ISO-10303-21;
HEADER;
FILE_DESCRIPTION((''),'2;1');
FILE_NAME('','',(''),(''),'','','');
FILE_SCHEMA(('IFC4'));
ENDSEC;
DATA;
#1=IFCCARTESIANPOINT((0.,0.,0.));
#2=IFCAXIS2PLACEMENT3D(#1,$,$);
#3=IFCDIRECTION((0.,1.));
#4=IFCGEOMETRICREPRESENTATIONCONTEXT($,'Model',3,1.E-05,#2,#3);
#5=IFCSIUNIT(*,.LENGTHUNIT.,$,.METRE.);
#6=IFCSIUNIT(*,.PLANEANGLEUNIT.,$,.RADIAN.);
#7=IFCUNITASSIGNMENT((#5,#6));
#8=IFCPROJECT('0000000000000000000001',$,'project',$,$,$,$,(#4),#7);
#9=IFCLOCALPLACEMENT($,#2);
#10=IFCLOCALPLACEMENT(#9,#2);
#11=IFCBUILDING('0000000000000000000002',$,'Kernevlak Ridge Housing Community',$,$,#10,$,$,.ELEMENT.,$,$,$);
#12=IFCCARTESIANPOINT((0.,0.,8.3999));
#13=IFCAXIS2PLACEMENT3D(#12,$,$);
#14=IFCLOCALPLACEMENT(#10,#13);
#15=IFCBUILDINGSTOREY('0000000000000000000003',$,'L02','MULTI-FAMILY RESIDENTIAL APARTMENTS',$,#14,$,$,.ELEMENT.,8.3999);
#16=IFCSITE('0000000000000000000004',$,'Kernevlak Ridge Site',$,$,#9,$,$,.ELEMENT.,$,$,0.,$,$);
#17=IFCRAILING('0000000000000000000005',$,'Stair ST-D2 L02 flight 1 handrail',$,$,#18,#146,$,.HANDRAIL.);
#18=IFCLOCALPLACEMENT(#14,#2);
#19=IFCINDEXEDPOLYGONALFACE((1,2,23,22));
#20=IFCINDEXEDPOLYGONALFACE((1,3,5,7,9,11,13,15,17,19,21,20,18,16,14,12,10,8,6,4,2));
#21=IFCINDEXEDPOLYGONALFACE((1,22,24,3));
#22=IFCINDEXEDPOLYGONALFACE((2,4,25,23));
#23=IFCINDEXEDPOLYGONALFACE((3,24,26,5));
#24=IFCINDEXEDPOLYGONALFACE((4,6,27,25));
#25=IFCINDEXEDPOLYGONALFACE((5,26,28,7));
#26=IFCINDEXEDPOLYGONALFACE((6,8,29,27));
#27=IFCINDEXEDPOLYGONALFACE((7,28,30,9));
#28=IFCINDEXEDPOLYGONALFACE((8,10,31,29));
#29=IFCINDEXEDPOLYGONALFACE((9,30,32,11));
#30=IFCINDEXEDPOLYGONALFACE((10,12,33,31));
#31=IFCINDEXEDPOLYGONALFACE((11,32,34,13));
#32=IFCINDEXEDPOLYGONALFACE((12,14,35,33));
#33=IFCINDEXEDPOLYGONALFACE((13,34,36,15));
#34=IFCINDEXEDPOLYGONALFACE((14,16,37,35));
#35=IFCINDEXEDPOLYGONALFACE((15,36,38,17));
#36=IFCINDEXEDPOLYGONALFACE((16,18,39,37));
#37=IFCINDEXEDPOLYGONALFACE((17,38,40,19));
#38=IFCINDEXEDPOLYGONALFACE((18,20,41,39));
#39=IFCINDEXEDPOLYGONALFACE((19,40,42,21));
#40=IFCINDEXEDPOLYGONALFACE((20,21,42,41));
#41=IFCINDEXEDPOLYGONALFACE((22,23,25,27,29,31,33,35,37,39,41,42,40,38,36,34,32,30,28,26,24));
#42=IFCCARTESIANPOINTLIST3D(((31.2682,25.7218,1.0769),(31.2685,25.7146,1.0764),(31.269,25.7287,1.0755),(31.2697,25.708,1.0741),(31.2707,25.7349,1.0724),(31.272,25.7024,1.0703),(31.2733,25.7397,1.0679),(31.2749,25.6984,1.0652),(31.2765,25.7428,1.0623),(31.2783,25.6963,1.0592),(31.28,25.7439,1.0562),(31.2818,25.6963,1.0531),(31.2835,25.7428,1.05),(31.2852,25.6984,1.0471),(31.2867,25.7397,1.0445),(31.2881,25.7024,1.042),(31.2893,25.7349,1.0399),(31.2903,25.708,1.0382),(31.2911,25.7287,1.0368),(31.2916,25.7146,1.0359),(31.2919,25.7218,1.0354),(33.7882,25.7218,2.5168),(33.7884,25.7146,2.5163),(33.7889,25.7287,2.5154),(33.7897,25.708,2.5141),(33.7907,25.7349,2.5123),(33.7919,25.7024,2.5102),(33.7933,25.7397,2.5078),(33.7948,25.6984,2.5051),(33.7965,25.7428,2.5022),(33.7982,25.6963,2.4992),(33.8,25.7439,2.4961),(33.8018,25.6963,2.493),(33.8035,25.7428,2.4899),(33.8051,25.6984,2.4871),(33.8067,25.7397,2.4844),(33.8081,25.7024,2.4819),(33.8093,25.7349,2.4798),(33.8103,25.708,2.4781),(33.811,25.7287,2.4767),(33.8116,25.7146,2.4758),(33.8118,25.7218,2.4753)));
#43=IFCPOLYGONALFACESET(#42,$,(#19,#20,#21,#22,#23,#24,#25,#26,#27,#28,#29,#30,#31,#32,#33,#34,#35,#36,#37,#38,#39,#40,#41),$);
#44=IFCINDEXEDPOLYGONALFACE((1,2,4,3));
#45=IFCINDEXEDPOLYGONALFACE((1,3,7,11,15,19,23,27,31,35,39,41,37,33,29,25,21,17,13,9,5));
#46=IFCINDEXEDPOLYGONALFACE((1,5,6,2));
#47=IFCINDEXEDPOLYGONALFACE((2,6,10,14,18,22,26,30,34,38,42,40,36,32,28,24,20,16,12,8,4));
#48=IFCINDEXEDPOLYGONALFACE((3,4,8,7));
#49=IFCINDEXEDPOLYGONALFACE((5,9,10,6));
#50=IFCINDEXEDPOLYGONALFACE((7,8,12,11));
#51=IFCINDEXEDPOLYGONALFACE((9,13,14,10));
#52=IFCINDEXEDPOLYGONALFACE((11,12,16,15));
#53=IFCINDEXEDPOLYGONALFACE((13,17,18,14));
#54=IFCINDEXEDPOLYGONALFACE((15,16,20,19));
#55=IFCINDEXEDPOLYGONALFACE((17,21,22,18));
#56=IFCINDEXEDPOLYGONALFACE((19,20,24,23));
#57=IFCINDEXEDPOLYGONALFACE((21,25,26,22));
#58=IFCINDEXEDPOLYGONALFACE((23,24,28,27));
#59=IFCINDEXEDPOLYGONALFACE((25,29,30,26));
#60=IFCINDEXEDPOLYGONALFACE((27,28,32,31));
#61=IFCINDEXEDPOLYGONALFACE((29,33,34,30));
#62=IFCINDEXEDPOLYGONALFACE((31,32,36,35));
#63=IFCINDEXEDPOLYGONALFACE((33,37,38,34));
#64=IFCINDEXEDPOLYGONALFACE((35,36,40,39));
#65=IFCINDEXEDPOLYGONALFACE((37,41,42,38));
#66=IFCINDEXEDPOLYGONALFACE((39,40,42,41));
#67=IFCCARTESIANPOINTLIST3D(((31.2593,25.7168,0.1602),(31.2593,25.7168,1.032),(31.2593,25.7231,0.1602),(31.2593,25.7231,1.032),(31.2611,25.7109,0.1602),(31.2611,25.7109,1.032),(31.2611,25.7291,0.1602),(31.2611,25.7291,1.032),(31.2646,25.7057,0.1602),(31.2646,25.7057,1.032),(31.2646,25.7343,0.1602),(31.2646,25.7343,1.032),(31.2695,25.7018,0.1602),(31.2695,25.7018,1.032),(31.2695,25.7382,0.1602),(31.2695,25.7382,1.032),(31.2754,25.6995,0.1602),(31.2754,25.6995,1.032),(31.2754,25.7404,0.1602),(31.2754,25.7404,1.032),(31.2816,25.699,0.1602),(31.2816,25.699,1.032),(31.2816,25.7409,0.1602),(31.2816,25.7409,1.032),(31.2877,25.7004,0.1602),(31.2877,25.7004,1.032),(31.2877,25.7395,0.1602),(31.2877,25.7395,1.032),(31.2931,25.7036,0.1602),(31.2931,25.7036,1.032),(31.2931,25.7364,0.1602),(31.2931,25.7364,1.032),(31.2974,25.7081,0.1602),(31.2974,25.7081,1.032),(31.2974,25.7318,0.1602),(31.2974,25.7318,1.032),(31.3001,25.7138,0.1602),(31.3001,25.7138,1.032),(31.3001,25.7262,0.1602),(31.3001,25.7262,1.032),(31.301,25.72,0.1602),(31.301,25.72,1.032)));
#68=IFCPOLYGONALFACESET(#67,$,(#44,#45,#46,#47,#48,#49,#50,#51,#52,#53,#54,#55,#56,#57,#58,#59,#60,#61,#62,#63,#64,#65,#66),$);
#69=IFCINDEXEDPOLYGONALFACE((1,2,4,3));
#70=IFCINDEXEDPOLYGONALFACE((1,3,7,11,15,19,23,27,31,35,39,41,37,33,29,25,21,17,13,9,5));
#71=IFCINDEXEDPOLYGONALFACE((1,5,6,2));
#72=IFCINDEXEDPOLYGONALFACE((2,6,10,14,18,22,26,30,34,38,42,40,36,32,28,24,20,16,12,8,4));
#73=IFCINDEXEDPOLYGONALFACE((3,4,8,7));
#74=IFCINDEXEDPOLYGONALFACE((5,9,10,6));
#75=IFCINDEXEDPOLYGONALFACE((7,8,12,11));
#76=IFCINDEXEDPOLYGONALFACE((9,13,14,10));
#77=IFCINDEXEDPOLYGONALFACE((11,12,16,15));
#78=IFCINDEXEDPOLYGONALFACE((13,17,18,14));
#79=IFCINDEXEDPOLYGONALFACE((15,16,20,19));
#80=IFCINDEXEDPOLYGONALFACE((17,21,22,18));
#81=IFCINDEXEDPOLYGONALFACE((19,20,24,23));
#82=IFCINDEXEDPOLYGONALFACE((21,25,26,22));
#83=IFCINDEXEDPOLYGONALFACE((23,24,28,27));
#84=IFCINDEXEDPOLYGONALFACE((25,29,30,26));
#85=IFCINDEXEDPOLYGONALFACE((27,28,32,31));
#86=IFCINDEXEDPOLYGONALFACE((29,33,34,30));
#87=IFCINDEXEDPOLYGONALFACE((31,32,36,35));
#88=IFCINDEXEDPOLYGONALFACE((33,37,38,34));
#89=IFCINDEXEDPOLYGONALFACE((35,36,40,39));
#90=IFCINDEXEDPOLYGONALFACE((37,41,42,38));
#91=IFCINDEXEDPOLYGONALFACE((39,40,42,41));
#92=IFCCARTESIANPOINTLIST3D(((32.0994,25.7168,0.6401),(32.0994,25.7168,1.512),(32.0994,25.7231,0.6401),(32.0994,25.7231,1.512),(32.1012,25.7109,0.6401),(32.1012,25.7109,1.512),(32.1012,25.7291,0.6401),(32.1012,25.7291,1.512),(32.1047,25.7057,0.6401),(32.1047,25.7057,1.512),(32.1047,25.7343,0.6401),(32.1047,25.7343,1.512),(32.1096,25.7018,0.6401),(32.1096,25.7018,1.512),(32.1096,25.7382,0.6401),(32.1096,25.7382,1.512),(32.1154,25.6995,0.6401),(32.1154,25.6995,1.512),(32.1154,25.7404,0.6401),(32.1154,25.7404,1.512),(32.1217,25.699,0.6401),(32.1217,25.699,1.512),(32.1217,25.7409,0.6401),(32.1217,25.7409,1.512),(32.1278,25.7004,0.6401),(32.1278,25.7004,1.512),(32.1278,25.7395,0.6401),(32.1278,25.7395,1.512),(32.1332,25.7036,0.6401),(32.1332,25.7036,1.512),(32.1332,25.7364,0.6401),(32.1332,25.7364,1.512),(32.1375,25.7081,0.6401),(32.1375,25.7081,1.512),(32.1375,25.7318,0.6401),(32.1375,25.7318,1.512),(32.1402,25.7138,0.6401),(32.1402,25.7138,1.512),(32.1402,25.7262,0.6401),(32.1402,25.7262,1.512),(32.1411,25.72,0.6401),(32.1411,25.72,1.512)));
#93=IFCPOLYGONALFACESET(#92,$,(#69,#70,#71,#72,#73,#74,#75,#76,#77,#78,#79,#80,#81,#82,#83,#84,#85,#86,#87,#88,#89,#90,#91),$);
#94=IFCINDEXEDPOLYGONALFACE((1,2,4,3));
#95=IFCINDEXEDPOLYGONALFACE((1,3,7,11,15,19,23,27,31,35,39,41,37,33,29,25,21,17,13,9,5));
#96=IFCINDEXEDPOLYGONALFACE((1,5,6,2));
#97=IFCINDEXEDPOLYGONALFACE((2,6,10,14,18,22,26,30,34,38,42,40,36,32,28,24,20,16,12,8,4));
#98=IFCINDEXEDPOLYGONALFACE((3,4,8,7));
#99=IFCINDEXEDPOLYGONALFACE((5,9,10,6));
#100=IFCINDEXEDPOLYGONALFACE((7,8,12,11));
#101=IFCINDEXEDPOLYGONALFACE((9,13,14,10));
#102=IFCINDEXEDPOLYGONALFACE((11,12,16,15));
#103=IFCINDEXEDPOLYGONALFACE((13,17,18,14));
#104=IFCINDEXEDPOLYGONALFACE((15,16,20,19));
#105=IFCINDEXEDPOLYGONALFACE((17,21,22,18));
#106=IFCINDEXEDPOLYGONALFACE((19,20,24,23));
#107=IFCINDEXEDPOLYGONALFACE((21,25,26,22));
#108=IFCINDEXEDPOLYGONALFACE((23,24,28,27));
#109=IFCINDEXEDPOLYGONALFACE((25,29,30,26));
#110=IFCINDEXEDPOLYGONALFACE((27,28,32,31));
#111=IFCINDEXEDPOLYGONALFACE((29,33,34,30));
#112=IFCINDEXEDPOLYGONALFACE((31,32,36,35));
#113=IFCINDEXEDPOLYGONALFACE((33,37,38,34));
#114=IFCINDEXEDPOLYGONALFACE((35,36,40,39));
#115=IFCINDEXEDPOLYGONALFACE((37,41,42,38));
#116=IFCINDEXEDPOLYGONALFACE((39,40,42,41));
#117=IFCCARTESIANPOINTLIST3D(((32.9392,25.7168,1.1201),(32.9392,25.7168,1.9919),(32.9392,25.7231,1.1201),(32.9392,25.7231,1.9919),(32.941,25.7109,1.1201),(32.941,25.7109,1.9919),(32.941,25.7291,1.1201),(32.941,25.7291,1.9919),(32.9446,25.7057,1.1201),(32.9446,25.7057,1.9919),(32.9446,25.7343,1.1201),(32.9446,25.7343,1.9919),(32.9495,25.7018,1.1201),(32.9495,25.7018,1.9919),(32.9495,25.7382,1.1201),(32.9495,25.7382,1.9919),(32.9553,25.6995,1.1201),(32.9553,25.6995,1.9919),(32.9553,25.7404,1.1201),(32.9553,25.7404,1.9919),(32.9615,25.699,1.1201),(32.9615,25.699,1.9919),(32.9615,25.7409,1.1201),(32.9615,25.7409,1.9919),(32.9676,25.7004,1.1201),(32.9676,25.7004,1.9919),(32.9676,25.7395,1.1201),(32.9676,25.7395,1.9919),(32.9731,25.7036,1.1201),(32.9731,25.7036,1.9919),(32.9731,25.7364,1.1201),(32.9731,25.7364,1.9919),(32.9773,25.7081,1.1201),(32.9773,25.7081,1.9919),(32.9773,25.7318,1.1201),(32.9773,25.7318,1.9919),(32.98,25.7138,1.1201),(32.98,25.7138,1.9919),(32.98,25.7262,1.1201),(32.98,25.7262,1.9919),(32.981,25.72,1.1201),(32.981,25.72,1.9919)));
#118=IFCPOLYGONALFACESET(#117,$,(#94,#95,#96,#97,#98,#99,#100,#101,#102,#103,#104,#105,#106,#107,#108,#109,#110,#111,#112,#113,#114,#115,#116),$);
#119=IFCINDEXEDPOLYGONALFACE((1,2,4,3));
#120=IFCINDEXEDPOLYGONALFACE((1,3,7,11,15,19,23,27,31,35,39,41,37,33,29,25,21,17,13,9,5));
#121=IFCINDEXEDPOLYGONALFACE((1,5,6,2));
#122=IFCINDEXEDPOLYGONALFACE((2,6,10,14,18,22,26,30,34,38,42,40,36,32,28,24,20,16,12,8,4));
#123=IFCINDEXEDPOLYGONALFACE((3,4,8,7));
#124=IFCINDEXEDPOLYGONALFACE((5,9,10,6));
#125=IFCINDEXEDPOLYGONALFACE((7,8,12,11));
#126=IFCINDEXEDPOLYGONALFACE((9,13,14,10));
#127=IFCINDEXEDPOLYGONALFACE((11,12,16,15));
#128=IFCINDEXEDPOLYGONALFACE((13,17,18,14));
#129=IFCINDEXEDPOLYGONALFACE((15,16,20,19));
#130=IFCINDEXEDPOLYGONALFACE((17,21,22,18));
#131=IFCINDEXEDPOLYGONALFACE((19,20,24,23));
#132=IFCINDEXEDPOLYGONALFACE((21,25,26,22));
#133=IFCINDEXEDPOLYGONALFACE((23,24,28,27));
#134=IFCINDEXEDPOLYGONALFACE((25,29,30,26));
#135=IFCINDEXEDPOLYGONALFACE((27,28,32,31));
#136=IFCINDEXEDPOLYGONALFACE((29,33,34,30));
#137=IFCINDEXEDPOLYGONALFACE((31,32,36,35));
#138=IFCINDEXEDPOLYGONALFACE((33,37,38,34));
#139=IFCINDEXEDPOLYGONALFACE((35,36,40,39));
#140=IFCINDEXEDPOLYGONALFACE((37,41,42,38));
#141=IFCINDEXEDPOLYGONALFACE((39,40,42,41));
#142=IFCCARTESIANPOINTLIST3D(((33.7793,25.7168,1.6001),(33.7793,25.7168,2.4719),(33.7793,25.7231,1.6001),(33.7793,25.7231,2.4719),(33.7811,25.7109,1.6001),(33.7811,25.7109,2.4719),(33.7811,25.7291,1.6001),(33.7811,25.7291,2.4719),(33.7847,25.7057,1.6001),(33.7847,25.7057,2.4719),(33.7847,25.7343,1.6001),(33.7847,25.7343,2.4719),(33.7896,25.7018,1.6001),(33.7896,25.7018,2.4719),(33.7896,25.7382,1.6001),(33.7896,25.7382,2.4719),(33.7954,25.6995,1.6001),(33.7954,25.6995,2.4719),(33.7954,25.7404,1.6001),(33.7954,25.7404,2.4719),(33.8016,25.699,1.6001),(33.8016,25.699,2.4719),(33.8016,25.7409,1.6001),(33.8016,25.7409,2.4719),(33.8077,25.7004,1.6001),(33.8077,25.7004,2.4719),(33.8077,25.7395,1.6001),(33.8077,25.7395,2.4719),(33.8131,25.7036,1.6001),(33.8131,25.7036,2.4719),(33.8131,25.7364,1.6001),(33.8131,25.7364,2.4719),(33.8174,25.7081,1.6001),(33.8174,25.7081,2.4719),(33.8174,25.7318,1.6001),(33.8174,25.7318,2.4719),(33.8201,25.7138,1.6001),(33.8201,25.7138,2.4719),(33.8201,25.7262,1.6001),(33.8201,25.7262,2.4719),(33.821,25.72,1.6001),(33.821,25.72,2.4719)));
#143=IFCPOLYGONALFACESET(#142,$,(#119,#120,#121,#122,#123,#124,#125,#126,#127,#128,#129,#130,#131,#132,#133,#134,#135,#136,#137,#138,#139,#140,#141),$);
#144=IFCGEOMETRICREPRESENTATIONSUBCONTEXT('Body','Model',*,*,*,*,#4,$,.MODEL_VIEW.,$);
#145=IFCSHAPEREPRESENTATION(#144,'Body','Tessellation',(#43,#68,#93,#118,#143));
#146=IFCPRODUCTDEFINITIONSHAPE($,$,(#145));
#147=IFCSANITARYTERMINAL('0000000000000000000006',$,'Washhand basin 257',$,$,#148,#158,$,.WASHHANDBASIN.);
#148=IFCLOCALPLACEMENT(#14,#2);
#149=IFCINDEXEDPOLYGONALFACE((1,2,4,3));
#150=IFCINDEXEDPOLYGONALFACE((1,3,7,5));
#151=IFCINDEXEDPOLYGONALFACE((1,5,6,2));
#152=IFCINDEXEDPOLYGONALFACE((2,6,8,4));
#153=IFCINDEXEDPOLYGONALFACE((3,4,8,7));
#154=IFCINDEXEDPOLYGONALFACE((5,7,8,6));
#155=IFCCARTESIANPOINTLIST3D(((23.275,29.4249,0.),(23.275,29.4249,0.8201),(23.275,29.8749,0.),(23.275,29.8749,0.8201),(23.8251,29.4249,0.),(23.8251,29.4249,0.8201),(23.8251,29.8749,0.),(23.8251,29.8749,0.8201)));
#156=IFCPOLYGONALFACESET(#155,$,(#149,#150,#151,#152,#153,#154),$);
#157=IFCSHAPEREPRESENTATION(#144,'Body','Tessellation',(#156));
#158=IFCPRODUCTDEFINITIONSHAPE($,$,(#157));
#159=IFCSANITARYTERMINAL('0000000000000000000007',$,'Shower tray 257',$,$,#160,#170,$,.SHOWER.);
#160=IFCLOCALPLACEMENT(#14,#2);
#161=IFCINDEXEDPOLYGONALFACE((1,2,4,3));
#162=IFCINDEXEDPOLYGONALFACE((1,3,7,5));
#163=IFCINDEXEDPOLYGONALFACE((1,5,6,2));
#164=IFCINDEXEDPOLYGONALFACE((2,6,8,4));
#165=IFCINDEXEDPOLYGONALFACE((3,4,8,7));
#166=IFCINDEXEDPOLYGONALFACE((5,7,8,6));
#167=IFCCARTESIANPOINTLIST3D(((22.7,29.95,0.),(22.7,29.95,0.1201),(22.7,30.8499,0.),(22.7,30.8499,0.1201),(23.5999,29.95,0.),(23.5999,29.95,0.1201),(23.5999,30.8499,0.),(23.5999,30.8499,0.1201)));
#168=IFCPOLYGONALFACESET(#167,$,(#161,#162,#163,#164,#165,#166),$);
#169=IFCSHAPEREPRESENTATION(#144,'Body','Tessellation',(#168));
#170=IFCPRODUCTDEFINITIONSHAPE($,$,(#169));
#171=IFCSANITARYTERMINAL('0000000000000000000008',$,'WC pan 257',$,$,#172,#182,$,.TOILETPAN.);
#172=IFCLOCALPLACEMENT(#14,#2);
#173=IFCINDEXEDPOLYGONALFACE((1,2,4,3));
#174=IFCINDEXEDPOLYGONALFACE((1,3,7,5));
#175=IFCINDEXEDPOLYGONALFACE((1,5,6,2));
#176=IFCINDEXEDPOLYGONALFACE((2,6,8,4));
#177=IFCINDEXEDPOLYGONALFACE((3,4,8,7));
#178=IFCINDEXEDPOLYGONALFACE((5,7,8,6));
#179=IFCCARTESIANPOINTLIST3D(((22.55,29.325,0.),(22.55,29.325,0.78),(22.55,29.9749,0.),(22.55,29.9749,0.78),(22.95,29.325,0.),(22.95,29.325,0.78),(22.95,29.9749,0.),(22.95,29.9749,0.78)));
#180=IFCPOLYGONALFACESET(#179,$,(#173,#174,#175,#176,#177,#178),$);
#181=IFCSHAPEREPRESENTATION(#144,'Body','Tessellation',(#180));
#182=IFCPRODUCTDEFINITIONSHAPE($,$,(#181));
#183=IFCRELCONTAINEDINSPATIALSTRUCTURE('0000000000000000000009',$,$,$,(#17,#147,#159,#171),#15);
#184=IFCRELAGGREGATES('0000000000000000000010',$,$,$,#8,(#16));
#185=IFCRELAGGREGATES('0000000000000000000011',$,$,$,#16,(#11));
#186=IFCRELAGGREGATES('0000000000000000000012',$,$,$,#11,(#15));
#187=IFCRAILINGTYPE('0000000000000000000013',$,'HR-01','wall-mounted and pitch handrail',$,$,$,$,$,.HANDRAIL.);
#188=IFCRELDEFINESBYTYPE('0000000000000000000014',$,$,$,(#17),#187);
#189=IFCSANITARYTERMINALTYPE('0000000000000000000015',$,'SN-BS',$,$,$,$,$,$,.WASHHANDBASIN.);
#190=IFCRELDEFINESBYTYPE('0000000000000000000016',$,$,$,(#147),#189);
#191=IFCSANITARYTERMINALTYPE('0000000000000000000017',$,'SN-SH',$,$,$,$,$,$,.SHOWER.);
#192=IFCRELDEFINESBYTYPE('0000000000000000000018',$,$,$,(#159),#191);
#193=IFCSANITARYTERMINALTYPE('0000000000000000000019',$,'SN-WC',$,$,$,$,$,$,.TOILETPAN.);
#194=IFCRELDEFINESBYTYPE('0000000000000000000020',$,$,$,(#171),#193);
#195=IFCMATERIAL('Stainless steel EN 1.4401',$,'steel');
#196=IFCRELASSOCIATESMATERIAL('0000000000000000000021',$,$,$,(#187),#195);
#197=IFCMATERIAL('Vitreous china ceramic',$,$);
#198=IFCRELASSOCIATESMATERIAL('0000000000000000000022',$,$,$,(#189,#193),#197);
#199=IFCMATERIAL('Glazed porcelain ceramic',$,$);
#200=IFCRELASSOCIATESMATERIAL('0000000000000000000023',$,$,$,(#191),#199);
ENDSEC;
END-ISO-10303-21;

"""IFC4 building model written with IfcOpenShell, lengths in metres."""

from ifc_helpers import new_model, si_unit, direction, frame, origin, origin_2d, place, context, subcontext, project, spatial, rectangle, circle, extrude, material, type_object, element, save


model = new_model("IFC4")

# Units and contexts
model_context = context("Model", 3, precision=1e-05, world=origin(), true_north=direction((0.0, 1.0)))
body_context = subcontext(model_context, "Body", "Model", "MODEL_VIEW")
ifc_project = project(units=[si_unit("LENGTHUNIT", "METRE"), si_unit("PLANEANGLEUNIT", "RADIAN")], contexts=[model_context])

# Site, building, storey
site_placement = place(None, origin())
site = spatial("IfcSite", under=ifc_project, at=site_placement, Name="Kernevlak Ridge Site", CompositionType="ELEMENT", RefElevation=0.0)
building_placement = place(site_placement, origin())
building = spatial("IfcBuilding", under=site, at=building_placement, Name="Kernevlak Ridge Housing Community", CompositionType="ELEMENT")
storey_placement = place(building_placement, frame((0.0, 0.0, 8.3999)))
storey = spatial("IfcBuildingStorey", under=building, at=storey_placement, Name="L02", Description="MULTI-FAMILY RESIDENTIAL APARTMENTS", CompositionType="ELEMENT", Elevation=8.3999)

# Railing
ifc_material_1 = material(Name="Stainless steel EN 1.4401", Category="steel")
railing_type_1 = type_object("IfcRailingType", Name="HR-01", Description="wall-mounted and pitch handrail", PredefinedType="HANDRAIL", material=ifc_material_1)
railing_1_placement = place(storey_placement, frame((31.28, 25.72, 0.1602)))
element("IfcRailing", 1, at=railing_1_placement, inside=storey, type_object=railing_type_1, Name="Stair ST-D2 L02 flight 1 handrail", PredefinedType="HANDRAIL", context=body_context, shape_type="SweptSolid", body=[
    extrude(circle(Radius=0.0239, at=origin_2d()), frame((0.0, 0.0, 0.896), z_axis=(0.868253, 0.0, 0.496121), x_axis=(0.0, 1.0, 0.0)), (0.0, 0.0, 1.0), 2.9023),
    extrude(circle(Radius=0.021, at=origin_2d()), origin(), (0.0, 0.0, 1.0), 0.8718),
    extrude(circle(Radius=0.021, at=origin_2d()), frame((0.8401, 0.0, 0.48)), (0.0, 0.0, 1.0), 0.8718),
    extrude(circle(Radius=0.021, at=origin_2d()), frame((1.6799, 0.0, 0.96)), (0.0, 0.0, 1.0), 0.8718),
    extrude(circle(Radius=0.021, at=origin_2d()), frame((2.52, 0.0, 1.4399)), (0.0, 0.0, 1.0), 0.8718),
])

# Sanitary terminals
ifc_material_2 = material(Name="Vitreous china ceramic")
sanitary_terminal_type_1 = type_object("IfcSanitaryTerminalType", Name="SN-BS", PredefinedType="WASHHANDBASIN", material=ifc_material_2)
sanitary_terminal_1_placement = place(storey_placement, frame((23.55, 29.6499, 0.0), z_axis=(0.0, 0.0, 1.0), x_axis=(1.0, 0.0, 0.0)))
element("IfcSanitaryTerminal", 2, at=sanitary_terminal_1_placement, inside=storey, type_object=sanitary_terminal_type_1, Name="Washhand basin 257", PredefinedType="WASHHANDBASIN", context=body_context, shape_type="SweptSolid", body=[
    extrude(rectangle(XDim=0.55, YDim=0.45, at=origin_2d()), origin(), (0.0, 0.0, 1.0), 0.8201),
])
ifc_material_3 = material(Name="Glazed porcelain ceramic")
sanitary_terminal_type_2 = type_object("IfcSanitaryTerminalType", Name="SN-SH", PredefinedType="SHOWER", material=ifc_material_3)
sanitary_terminal_2_placement = place(storey_placement, frame((23.1499, 30.3999, 0.0), z_axis=(0.0, 0.0, 1.0), x_axis=(1.0, 0.0, 0.0)))
element("IfcSanitaryTerminal", 3, at=sanitary_terminal_2_placement, inside=storey, type_object=sanitary_terminal_type_2, Name="Shower tray 257", PredefinedType="SHOWER", context=body_context, shape_type="SweptSolid", body=[
    extrude(rectangle(XDim=0.8999, YDim=0.8999, at=origin_2d()), origin(), (0.0, 0.0, 1.0), 0.1201),
])
sanitary_terminal_type_3 = type_object("IfcSanitaryTerminalType", Name="SN-WC", PredefinedType="TOILETPAN", material=ifc_material_2)
sanitary_terminal_3_placement = place(storey_placement, frame((22.75, 29.6499, 0.0), z_axis=(0.0, 0.0, 1.0), x_axis=(1.0, 0.0, 0.0)))
element("IfcSanitaryTerminal", 4, at=sanitary_terminal_3_placement, inside=storey, type_object=sanitary_terminal_type_3, Name="WC pan 257", PredefinedType="TOILETPAN", context=body_context, shape_type="SweptSolid", body=[
    extrude(rectangle(XDim=0.3999, YDim=0.6499, at=origin_2d()), origin(), (0.0, 0.0, 1.0), 0.78),
])

save(model, "model.ifc")
